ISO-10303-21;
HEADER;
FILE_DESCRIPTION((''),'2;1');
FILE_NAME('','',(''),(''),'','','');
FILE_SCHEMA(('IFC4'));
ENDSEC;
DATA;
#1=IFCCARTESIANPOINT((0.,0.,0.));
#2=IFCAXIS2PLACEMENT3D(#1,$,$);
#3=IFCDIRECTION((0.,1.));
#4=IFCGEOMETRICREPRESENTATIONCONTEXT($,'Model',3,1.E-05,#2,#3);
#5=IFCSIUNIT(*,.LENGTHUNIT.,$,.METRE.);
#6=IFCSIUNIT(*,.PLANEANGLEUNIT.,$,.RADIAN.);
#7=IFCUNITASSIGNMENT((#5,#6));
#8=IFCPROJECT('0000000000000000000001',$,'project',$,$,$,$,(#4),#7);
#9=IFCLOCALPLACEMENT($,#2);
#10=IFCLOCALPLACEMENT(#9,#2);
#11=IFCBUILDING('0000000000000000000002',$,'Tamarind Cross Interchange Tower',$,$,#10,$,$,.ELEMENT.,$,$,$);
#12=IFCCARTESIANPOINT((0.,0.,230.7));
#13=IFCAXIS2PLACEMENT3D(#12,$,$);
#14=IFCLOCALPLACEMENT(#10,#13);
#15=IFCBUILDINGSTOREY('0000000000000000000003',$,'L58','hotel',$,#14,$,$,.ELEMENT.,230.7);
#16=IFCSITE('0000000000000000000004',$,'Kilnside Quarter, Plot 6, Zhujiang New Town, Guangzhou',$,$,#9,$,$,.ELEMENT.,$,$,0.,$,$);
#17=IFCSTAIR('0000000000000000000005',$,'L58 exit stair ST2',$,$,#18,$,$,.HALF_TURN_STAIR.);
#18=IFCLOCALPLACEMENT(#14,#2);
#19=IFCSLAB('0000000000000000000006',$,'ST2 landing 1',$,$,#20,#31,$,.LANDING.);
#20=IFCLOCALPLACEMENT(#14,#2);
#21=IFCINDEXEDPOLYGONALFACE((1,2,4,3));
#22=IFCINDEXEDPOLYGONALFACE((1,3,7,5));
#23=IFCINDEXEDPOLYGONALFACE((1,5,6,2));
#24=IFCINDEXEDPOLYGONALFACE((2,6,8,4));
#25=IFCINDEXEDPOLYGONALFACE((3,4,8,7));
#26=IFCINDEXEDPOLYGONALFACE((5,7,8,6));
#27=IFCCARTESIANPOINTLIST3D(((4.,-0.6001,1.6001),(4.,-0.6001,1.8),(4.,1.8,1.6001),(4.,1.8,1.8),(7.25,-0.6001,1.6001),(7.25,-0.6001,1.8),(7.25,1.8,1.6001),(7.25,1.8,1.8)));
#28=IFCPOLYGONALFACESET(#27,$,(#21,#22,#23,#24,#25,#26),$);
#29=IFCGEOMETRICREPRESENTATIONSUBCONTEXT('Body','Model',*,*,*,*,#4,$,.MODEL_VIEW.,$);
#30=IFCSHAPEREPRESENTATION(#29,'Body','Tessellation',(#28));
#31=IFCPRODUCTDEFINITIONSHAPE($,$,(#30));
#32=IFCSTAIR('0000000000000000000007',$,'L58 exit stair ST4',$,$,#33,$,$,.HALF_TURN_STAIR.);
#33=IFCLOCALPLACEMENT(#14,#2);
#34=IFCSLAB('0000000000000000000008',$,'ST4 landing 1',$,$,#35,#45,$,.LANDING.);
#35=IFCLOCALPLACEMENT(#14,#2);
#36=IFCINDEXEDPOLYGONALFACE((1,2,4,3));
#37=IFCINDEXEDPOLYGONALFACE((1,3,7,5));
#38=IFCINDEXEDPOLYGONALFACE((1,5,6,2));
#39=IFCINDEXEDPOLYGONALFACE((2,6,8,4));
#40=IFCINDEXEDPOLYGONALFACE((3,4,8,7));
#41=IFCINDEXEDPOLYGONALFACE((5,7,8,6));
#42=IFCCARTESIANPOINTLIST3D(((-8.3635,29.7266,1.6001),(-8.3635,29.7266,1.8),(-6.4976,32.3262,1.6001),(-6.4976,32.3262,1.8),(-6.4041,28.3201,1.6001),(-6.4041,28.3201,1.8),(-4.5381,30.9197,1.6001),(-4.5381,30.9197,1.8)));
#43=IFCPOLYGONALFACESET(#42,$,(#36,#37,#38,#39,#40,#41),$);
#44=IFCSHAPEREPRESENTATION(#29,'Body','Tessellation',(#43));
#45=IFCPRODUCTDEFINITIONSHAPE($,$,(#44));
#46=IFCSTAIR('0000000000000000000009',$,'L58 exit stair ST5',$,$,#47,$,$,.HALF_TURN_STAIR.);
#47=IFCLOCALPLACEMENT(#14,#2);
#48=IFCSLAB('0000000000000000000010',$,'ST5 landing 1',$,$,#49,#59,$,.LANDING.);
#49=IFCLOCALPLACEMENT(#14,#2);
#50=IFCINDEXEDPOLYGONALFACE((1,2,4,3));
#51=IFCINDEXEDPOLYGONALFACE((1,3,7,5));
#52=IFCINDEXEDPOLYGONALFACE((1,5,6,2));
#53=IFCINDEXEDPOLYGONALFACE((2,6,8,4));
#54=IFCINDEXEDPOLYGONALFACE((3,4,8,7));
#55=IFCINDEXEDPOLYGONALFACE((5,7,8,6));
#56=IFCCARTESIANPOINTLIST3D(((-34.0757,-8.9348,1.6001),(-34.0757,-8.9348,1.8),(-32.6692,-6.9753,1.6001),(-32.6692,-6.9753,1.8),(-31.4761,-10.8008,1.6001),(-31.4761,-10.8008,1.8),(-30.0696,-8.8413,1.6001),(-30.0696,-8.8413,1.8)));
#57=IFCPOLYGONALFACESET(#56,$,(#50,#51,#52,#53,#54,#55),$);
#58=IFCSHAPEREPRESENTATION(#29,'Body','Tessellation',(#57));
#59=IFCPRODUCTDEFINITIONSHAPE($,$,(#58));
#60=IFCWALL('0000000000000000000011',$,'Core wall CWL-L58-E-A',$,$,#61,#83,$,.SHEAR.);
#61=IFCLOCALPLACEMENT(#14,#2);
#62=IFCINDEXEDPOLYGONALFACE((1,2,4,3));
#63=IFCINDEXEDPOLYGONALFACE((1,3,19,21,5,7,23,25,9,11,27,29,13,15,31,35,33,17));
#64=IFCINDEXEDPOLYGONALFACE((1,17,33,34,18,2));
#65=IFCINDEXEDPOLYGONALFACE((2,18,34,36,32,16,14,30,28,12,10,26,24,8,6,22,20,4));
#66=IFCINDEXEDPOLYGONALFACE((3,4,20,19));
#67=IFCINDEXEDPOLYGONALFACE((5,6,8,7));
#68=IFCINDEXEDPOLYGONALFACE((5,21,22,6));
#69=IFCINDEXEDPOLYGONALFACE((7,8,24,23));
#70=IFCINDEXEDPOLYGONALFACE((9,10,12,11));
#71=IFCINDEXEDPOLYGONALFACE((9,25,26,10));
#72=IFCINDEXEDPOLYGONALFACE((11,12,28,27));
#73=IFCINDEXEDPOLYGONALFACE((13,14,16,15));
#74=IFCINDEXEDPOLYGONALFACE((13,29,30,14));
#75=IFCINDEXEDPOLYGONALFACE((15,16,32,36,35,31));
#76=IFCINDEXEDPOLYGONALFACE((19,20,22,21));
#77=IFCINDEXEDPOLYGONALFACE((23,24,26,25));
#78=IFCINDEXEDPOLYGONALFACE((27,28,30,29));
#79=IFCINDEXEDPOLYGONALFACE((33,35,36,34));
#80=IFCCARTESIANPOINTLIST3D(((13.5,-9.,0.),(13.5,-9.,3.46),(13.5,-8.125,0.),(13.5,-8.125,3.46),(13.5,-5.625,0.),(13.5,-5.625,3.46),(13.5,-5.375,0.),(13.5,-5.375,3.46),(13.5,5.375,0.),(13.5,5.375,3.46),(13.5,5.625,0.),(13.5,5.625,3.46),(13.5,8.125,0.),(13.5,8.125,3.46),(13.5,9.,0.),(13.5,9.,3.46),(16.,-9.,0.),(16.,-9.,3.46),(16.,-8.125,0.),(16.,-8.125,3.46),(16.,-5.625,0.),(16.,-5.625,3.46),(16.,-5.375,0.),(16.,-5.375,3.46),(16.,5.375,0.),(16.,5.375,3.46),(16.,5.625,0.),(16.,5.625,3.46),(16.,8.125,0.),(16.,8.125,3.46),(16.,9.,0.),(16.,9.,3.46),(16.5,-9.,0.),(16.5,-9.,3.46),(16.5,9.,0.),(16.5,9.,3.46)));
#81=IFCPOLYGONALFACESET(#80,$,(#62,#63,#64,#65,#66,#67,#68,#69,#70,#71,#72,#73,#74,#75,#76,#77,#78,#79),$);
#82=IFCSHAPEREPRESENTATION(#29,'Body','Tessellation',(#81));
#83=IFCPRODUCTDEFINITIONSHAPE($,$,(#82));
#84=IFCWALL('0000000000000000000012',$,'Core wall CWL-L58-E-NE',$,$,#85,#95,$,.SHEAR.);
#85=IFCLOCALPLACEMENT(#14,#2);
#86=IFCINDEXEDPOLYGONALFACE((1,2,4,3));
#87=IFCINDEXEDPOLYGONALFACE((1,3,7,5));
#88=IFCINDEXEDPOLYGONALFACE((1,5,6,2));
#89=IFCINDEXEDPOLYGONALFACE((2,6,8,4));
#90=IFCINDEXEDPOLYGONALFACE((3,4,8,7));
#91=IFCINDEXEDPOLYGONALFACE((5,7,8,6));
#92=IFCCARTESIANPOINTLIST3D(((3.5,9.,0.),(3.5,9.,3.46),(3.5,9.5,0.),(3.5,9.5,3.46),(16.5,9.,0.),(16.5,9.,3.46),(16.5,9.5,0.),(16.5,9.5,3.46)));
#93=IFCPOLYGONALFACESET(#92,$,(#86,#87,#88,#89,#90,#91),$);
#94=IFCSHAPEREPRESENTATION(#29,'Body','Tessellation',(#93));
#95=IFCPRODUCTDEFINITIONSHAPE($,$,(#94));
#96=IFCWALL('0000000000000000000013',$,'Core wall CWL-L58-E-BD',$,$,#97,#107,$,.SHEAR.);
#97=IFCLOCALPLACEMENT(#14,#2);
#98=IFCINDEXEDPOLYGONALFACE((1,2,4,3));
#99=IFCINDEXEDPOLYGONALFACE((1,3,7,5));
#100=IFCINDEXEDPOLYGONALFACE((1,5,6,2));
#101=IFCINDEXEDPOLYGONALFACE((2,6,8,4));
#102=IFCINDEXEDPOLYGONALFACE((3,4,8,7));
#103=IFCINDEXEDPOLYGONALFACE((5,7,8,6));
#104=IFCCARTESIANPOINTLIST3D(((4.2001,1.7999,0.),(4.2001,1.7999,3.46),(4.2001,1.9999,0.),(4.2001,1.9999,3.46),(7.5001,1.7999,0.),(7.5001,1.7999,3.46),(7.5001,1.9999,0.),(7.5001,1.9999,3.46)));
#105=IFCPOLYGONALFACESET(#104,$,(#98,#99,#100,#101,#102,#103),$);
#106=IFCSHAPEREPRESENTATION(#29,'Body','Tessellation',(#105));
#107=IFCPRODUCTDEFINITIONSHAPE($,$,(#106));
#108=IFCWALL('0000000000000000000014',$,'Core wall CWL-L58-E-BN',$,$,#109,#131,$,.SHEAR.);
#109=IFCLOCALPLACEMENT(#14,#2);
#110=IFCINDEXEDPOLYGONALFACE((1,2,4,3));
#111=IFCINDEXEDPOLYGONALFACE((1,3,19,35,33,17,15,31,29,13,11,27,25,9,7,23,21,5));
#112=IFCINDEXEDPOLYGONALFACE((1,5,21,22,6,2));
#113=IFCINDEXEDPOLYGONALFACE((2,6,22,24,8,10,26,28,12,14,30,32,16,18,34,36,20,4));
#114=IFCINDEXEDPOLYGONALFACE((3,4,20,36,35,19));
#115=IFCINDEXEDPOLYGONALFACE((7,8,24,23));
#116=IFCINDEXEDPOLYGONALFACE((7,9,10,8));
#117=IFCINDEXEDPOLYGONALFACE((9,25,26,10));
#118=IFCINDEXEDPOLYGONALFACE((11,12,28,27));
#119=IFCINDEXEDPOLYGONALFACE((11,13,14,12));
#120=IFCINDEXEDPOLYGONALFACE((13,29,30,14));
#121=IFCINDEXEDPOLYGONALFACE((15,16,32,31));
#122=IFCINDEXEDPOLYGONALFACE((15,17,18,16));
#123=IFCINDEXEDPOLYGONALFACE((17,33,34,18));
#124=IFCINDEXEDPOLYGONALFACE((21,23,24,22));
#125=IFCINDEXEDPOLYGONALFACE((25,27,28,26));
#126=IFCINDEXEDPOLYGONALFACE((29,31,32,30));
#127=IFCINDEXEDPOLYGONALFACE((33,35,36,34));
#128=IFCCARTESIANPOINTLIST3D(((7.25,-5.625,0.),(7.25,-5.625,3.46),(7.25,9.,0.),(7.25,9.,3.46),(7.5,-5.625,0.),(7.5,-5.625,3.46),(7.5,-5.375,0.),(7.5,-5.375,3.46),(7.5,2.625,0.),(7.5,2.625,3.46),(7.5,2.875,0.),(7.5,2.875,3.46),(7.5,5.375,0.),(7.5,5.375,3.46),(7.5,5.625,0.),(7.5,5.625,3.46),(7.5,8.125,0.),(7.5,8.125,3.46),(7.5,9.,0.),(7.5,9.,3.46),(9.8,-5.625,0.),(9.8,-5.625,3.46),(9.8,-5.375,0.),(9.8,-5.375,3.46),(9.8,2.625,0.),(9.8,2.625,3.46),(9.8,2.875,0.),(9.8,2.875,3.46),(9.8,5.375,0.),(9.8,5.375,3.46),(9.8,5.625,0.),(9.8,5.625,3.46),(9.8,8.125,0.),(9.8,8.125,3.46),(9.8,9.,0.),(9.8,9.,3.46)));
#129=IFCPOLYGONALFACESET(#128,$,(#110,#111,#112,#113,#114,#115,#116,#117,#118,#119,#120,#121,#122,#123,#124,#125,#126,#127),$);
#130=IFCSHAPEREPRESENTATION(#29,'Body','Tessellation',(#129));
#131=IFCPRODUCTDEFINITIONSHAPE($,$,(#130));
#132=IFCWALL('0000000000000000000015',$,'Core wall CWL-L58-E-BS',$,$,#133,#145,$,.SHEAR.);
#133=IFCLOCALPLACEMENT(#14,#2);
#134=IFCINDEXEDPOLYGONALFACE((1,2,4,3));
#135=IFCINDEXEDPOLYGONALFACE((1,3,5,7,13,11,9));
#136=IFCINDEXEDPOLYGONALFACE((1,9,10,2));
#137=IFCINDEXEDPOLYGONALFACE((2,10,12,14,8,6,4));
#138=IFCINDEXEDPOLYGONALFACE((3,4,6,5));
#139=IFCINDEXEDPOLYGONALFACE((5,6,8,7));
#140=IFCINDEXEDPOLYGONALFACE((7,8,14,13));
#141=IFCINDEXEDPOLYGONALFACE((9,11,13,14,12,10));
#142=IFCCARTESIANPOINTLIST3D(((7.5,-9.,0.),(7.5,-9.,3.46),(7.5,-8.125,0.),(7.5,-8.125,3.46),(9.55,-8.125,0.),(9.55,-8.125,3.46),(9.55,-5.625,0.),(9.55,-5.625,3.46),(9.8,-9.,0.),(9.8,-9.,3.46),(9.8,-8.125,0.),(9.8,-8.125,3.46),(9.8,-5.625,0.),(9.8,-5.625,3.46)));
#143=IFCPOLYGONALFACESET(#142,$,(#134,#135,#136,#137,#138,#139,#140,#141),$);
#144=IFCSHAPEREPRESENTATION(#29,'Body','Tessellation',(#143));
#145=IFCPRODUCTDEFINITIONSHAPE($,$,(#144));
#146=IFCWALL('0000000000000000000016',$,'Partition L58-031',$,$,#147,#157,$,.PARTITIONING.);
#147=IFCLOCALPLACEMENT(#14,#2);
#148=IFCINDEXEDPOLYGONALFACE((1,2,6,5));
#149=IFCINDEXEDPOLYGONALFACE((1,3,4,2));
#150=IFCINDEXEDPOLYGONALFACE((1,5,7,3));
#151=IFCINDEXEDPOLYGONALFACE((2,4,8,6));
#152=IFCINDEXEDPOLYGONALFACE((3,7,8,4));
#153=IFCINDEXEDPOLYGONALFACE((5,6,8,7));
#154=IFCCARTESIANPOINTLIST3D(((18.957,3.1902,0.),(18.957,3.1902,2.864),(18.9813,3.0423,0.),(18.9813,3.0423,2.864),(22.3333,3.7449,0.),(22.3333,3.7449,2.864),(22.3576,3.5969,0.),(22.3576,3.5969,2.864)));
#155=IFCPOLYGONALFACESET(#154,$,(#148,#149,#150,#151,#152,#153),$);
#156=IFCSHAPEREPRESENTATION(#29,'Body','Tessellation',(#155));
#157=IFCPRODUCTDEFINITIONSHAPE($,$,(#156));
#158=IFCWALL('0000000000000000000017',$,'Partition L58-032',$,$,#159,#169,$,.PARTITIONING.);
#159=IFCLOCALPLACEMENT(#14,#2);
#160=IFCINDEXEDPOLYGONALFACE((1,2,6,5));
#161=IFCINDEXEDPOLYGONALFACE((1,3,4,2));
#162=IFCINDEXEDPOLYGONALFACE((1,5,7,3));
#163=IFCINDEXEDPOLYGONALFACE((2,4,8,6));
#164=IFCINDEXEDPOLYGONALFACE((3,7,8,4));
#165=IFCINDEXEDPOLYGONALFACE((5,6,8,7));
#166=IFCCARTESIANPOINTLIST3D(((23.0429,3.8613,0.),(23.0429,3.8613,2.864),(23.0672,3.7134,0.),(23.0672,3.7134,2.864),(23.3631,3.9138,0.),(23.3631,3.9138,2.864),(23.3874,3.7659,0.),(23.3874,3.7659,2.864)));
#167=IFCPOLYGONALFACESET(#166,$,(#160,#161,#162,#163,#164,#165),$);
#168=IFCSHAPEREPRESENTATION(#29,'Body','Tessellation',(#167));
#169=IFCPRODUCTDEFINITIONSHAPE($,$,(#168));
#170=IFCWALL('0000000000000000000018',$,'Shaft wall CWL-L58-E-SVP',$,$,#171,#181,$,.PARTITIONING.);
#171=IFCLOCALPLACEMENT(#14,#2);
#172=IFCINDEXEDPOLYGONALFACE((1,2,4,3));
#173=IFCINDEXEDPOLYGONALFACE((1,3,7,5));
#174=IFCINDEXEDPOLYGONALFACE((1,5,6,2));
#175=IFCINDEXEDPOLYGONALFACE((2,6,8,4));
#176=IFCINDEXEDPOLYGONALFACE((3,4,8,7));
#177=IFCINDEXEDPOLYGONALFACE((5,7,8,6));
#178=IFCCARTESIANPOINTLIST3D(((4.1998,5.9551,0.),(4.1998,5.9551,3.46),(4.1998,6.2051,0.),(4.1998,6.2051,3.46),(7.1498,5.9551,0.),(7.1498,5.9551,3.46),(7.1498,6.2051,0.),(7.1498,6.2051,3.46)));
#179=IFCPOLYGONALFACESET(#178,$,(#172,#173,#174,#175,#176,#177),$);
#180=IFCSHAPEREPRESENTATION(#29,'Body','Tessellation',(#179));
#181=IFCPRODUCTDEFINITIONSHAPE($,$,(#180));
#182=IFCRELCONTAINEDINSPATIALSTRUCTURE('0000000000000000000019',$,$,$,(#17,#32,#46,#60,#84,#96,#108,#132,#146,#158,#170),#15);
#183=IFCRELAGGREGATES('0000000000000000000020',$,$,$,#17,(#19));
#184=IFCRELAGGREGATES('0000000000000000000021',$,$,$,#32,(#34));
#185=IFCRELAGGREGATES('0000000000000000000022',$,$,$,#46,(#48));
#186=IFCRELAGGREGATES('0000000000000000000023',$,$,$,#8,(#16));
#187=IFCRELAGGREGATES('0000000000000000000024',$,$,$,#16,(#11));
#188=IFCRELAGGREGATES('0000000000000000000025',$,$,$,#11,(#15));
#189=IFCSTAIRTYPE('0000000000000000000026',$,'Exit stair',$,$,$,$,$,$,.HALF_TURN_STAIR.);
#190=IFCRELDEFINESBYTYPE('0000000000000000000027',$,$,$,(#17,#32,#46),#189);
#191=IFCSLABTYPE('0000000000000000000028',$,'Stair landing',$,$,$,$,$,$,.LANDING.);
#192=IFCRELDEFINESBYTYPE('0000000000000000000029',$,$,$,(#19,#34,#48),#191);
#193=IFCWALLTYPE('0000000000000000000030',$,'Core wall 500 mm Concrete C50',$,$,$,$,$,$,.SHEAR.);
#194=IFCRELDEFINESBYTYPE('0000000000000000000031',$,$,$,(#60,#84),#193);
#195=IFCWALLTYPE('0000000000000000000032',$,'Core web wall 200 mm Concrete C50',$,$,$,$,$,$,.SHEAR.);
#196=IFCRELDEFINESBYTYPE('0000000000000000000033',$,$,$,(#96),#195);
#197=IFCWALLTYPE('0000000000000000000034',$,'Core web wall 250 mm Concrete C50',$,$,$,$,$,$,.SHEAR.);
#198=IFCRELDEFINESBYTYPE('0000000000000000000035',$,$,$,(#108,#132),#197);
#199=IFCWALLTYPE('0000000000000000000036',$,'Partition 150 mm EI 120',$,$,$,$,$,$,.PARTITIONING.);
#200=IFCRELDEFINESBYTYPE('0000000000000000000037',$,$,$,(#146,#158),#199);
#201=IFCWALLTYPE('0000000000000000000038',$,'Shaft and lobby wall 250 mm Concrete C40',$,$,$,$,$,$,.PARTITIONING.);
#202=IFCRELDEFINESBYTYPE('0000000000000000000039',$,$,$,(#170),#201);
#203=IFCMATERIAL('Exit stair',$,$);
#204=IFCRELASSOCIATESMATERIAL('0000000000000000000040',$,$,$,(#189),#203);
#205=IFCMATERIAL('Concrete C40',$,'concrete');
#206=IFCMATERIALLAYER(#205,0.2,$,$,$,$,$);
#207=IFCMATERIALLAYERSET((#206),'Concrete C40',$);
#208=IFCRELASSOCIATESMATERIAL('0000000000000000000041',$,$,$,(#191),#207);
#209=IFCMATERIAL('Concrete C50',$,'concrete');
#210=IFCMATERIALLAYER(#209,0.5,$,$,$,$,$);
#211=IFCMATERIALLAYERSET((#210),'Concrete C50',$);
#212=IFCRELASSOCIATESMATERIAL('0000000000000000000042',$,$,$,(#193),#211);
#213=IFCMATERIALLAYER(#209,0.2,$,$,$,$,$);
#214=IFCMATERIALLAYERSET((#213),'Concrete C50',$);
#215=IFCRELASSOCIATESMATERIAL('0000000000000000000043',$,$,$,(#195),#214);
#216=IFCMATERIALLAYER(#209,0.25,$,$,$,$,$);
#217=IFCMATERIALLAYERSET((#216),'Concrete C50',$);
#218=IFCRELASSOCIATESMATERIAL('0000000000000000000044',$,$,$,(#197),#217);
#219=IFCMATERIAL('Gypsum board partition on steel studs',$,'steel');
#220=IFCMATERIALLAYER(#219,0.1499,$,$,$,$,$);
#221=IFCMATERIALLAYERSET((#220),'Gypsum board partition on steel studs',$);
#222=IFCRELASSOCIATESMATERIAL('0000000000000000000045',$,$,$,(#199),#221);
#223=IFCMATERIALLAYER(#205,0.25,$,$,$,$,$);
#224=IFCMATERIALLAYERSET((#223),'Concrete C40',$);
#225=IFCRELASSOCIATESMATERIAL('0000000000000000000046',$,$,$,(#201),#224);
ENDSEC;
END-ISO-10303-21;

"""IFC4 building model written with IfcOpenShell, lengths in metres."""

from ifc_helpers import new_model, si_unit, direction, frame, frame_2d, origin, place, context, subcontext, project, spatial, polyline, rectangle, outline, extrude, material, layer, layer_set, type_object, element, aggregate, save


model = new_model("IFC4")

# Units and contexts
model_context = context("Model", 3, precision=1e-05, world=origin(), true_north=direction((0.0, 1.0)))
body_context = subcontext(model_context, "Body", "Model", "MODEL_VIEW")
ifc_project = project(units=[si_unit("LENGTHUNIT", "METRE"), si_unit("PLANEANGLEUNIT", "RADIAN")], contexts=[model_context])

# Site, building, storey
site_placement = place(None, origin())
site = spatial("IfcSite", under=ifc_project, at=site_placement, Name="Kilnside Quarter, Plot 6, Zhujiang New Town, Guangzhou", CompositionType="ELEMENT", RefElevation=0.0)
building_placement = place(site_placement, origin())
building = spatial("IfcBuilding", under=site, at=building_placement, Name="Tamarind Cross Interchange Tower", CompositionType="ELEMENT")
storey_placement = place(building_placement, frame((0.0, 0.0, 230.7)))
storey = spatial("IfcBuildingStorey", under=building, at=storey_placement, Name="L58", Description="hotel", CompositionType="ELEMENT", Elevation=230.7)

# Shared definitions
ifc_material_1 = material(Name="Concrete C50", Category="concrete")

# Stairs, slabs
ifc_material_2 = material(Name="Exit stair")
stair_type = type_object("IfcStairType", Name="Exit stair", PredefinedType="HALF_TURN_STAIR", material=ifc_material_2)
ifc_material_3 = material(Name="Concrete C40", Category="concrete")
ifc_layer_1 = layer(ifc_material_3, 0.2)
ifc_layer_set_1 = layer_set([ifc_layer_1], Name="Concrete C40")
slab_type = type_object("IfcSlabType", Name="Stair landing", PredefinedType="LANDING", material=ifc_layer_set_1)
stair_1_placement = place(storey_placement, origin())
stair_1 = element("IfcStair", 1, at=stair_1_placement, inside=storey, type_object=stair_type, Name="L58 exit stair ST2", PredefinedType="HALF_TURN_STAIR")
slab_1_placement = place(storey_placement, frame((0.0, 0.0, 1.6001)))
slab_1 = element("IfcSlab", 2, at=slab_1_placement, type_object=slab_type, Name="ST2 landing 1", PredefinedType="LANDING", context=body_context, shape_type="SweptSolid", body=[
    extrude(outline(polyline([(7.25, -0.6001), (7.25, 1.8), (4.0, 1.8), (4.0, -0.6001), (7.25, -0.6001)])), origin(), (0.0, 0.0, 1.0), 0.2),
])
aggregate(stair_1, [slab_1])
stair_2_placement = place(storey_placement, origin())
stair_2 = element("IfcStair", 3, at=stair_2_placement, inside=storey, type_object=stair_type, Name="L58 exit stair ST4", PredefinedType="HALF_TURN_STAIR")
slab_2_placement = place(storey_placement, frame((0.0, 0.0, 1.6001)))
slab_2 = element("IfcSlab", 4, at=slab_2_placement, type_object=slab_type, Name="ST4 landing 1", PredefinedType="LANDING", context=body_context, shape_type="SweptSolid", body=[
    extrude(outline(polyline([(-4.5381, 30.9197), (-6.4976, 32.3262), (-8.3635, 29.7266), (-6.4041, 28.3201), (-4.5381, 30.9197)])), origin(), (0.0, 0.0, 1.0), 0.2),
])
aggregate(stair_2, [slab_2])
stair_3_placement = place(storey_placement, origin())
stair_3 = element("IfcStair", 5, at=stair_3_placement, inside=storey, type_object=stair_type, Name="L58 exit stair ST5", PredefinedType="HALF_TURN_STAIR")
slab_3_placement = place(storey_placement, frame((0.0, 0.0, 1.6001)))
slab_3 = element("IfcSlab", 6, at=slab_3_placement, type_object=slab_type, Name="ST5 landing 1", PredefinedType="LANDING", context=body_context, shape_type="SweptSolid", body=[
    extrude(outline(polyline([(-32.6692, -6.9753), (-34.0757, -8.9348), (-31.4761, -10.8008), (-30.0696, -8.8413), (-32.6692, -6.9753)])), origin(), (0.0, 0.0, 1.0), 0.2),
])
aggregate(stair_3, [slab_3])

# Walls
ifc_layer_2 = layer(ifc_material_1, 0.5)
ifc_layer_set_2 = layer_set([ifc_layer_2], Name="Concrete C50")
wall_type_1 = type_object("IfcWallType", Name="Core wall 500 mm Concrete C50", PredefinedType="SHEAR", material=ifc_layer_set_2)
wall_1_placement = place(storey_placement, origin())
element("IfcWall", 7, at=wall_1_placement, inside=storey, type_object=wall_type_1, Name="Core wall CWL-L58-E-A", PredefinedType="SHEAR", context=body_context, shape_type="SweptSolid", body=[
    extrude(outline(polyline([(13.5, -8.125), (13.5, -9.0), (16.0, -9.0), (16.5, -9.0), (16.5, 9.0), (16.0, 9.0), (13.5, 9.0), (13.5, 8.125), (16.0, 8.125), (16.0, 5.625), (13.5, 5.625), (13.5, 5.375), (16.0, 5.375), (16.0, -5.375), (13.5, -5.375), (13.5, -5.625), (16.0, -5.625), (16.0, -8.125), (13.5, -8.125)])), origin(), (0.0, 0.0, 1.0), 3.46),
])
wall_2_placement = place(storey_placement, frame((16.5, 9.25, 0.0), z_axis=(0.0, 0.0, 1.0), x_axis=(-1.0, 0.0, 0.0)))
element("IfcWall", 8, at=wall_2_placement, inside=storey, type_object=wall_type_1, Name="Core wall CWL-L58-E-NE", PredefinedType="SHEAR", context=body_context, shape_type="SweptSolid", body=[
    extrude(rectangle(XDim=13.0, YDim=0.5, at=frame_2d((6.5, 0.0))), origin(), (0.0, 0.0, 1.0), 3.46),
])
ifc_layer_3 = layer(ifc_material_1, 0.2)
ifc_layer_set_3 = layer_set([ifc_layer_3], Name="Concrete C50")
wall_type_2 = type_object("IfcWallType", Name="Core web wall 200 mm Concrete C50", PredefinedType="SHEAR", material=ifc_layer_set_3)
wall_3_placement = place(storey_placement, frame((7.5, 1.8999, 0.0), z_axis=(0.0, 0.0, 1.0), x_axis=(-1.0, 0.0, 0.0)))
element("IfcWall", 9, at=wall_3_placement, inside=storey, type_object=wall_type_2, Name="Core wall CWL-L58-E-BD", PredefinedType="SHEAR", context=body_context, shape_type="SweptSolid", body=[
    extrude(rectangle(XDim=3.3, YDim=0.2, at=frame_2d((1.6499, 0.0))), origin(), (0.0, 0.0, 1.0), 3.46),
])
ifc_layer_4 = layer(ifc_material_1, 0.25)
ifc_layer_set_4 = layer_set([ifc_layer_4], Name="Concrete C50")
wall_type_3 = type_object("IfcWallType", Name="Core web wall 250 mm Concrete C50", PredefinedType="SHEAR", material=ifc_layer_set_4)
wall_4_placement = place(storey_placement, origin())
element("IfcWall", 10, at=wall_4_placement, inside=storey, type_object=wall_type_3, Name="Core wall CWL-L58-E-BN", PredefinedType="SHEAR", context=body_context, shape_type="SweptSolid", body=[
    extrude(outline(polyline([(9.8, -5.375), (7.5, -5.375), (7.5, 2.625), (9.8, 2.625), (9.8, 2.875), (7.5, 2.875), (7.5, 5.375), (9.8, 5.375), (9.8, 5.625), (7.5, 5.625), (7.5, 8.125), (9.8, 8.125), (9.8, 9.0), (7.5, 9.0), (7.25, 9.0), (7.25, -5.625), (7.5, -5.625), (9.8, -5.625), (9.8, -5.375)])), origin(), (0.0, 0.0, 1.0), 3.46),
])
wall_5_placement = place(storey_placement, origin())
element("IfcWall", 11, at=wall_5_placement, inside=storey, type_object=wall_type_3, Name="Core wall CWL-L58-E-BS", PredefinedType="SHEAR", context=body_context, shape_type="SweptSolid", body=[
    extrude(outline(polyline([(7.5, -8.125), (7.5, -9.0), (9.8, -9.0), (9.8, -8.125), (9.8, -5.625), (9.55, -5.625), (9.55, -8.125), (7.5, -8.125)])), origin(), (0.0, 0.0, 1.0), 3.46),
])
ifc_material_4 = material(Name="Gypsum board partition on steel studs", Category="steel")
ifc_layer_5 = layer(ifc_material_4, 0.1499)
ifc_layer_set_5 = layer_set([ifc_layer_5], Name="Gypsum board partition on steel studs")
wall_type_4 = type_object("IfcWallType", Name="Partition 150 mm EI 120", PredefinedType="PARTITIONING", material=ifc_layer_set_5)
wall_6_placement = place(storey_placement, frame((18.969, 3.1162, 0.0), z_axis=(0.0, 0.0, 1.0), x_axis=(0.986773, 0.162108, 0.0)))
element("IfcWall", 12, at=wall_6_placement, inside=storey, type_object=wall_type_4, Name="Partition L58-031", PredefinedType="PARTITIONING", context=body_context, shape_type="SweptSolid", body=[
    extrude(rectangle(XDim=3.4216, YDim=0.1499, at=frame_2d((1.7109, 0.0))), origin(), (0.0, 0.0, 1.0), 2.864),
])
wall_7_placement = place(storey_placement, frame((23.0552, 3.7874, 0.0), z_axis=(0.0, 0.0, 1.0), x_axis=(0.986818, 0.161835, 0.0)))
element("IfcWall", 13, at=wall_7_placement, inside=storey, type_object=wall_type_4, Name="Partition L58-032", PredefinedType="PARTITIONING", context=body_context, shape_type="SweptSolid", body=[
    extrude(rectangle(XDim=0.3245, YDim=0.1499, at=frame_2d((0.1621, 0.0))), origin(), (0.0, 0.0, 1.0), 2.864),
])
ifc_layer_6 = layer(ifc_material_3, 0.25)
ifc_layer_set_6 = layer_set([ifc_layer_6], Name="Concrete C40")
wall_type_5 = type_object("IfcWallType", Name="Shaft and lobby wall 250 mm Concrete C40", PredefinedType="PARTITIONING", material=ifc_layer_set_6)
wall_8_placement = place(storey_placement, frame((7.1499, 6.0801, 0.0), z_axis=(0.0, 0.0, 1.0), x_axis=(-1.0, 0.0, 0.0)))
element("IfcWall", 14, at=wall_8_placement, inside=storey, type_object=wall_type_5, Name="Shaft wall CWL-L58-E-SVP", PredefinedType="PARTITIONING", context=body_context, shape_type="SweptSolid", body=[
    extrude(rectangle(XDim=2.95, YDim=0.25, at=frame_2d((1.4751, 0.0))), origin(), (0.0, 0.0, 1.0), 3.46),
])

save(model, "model.ifc")
